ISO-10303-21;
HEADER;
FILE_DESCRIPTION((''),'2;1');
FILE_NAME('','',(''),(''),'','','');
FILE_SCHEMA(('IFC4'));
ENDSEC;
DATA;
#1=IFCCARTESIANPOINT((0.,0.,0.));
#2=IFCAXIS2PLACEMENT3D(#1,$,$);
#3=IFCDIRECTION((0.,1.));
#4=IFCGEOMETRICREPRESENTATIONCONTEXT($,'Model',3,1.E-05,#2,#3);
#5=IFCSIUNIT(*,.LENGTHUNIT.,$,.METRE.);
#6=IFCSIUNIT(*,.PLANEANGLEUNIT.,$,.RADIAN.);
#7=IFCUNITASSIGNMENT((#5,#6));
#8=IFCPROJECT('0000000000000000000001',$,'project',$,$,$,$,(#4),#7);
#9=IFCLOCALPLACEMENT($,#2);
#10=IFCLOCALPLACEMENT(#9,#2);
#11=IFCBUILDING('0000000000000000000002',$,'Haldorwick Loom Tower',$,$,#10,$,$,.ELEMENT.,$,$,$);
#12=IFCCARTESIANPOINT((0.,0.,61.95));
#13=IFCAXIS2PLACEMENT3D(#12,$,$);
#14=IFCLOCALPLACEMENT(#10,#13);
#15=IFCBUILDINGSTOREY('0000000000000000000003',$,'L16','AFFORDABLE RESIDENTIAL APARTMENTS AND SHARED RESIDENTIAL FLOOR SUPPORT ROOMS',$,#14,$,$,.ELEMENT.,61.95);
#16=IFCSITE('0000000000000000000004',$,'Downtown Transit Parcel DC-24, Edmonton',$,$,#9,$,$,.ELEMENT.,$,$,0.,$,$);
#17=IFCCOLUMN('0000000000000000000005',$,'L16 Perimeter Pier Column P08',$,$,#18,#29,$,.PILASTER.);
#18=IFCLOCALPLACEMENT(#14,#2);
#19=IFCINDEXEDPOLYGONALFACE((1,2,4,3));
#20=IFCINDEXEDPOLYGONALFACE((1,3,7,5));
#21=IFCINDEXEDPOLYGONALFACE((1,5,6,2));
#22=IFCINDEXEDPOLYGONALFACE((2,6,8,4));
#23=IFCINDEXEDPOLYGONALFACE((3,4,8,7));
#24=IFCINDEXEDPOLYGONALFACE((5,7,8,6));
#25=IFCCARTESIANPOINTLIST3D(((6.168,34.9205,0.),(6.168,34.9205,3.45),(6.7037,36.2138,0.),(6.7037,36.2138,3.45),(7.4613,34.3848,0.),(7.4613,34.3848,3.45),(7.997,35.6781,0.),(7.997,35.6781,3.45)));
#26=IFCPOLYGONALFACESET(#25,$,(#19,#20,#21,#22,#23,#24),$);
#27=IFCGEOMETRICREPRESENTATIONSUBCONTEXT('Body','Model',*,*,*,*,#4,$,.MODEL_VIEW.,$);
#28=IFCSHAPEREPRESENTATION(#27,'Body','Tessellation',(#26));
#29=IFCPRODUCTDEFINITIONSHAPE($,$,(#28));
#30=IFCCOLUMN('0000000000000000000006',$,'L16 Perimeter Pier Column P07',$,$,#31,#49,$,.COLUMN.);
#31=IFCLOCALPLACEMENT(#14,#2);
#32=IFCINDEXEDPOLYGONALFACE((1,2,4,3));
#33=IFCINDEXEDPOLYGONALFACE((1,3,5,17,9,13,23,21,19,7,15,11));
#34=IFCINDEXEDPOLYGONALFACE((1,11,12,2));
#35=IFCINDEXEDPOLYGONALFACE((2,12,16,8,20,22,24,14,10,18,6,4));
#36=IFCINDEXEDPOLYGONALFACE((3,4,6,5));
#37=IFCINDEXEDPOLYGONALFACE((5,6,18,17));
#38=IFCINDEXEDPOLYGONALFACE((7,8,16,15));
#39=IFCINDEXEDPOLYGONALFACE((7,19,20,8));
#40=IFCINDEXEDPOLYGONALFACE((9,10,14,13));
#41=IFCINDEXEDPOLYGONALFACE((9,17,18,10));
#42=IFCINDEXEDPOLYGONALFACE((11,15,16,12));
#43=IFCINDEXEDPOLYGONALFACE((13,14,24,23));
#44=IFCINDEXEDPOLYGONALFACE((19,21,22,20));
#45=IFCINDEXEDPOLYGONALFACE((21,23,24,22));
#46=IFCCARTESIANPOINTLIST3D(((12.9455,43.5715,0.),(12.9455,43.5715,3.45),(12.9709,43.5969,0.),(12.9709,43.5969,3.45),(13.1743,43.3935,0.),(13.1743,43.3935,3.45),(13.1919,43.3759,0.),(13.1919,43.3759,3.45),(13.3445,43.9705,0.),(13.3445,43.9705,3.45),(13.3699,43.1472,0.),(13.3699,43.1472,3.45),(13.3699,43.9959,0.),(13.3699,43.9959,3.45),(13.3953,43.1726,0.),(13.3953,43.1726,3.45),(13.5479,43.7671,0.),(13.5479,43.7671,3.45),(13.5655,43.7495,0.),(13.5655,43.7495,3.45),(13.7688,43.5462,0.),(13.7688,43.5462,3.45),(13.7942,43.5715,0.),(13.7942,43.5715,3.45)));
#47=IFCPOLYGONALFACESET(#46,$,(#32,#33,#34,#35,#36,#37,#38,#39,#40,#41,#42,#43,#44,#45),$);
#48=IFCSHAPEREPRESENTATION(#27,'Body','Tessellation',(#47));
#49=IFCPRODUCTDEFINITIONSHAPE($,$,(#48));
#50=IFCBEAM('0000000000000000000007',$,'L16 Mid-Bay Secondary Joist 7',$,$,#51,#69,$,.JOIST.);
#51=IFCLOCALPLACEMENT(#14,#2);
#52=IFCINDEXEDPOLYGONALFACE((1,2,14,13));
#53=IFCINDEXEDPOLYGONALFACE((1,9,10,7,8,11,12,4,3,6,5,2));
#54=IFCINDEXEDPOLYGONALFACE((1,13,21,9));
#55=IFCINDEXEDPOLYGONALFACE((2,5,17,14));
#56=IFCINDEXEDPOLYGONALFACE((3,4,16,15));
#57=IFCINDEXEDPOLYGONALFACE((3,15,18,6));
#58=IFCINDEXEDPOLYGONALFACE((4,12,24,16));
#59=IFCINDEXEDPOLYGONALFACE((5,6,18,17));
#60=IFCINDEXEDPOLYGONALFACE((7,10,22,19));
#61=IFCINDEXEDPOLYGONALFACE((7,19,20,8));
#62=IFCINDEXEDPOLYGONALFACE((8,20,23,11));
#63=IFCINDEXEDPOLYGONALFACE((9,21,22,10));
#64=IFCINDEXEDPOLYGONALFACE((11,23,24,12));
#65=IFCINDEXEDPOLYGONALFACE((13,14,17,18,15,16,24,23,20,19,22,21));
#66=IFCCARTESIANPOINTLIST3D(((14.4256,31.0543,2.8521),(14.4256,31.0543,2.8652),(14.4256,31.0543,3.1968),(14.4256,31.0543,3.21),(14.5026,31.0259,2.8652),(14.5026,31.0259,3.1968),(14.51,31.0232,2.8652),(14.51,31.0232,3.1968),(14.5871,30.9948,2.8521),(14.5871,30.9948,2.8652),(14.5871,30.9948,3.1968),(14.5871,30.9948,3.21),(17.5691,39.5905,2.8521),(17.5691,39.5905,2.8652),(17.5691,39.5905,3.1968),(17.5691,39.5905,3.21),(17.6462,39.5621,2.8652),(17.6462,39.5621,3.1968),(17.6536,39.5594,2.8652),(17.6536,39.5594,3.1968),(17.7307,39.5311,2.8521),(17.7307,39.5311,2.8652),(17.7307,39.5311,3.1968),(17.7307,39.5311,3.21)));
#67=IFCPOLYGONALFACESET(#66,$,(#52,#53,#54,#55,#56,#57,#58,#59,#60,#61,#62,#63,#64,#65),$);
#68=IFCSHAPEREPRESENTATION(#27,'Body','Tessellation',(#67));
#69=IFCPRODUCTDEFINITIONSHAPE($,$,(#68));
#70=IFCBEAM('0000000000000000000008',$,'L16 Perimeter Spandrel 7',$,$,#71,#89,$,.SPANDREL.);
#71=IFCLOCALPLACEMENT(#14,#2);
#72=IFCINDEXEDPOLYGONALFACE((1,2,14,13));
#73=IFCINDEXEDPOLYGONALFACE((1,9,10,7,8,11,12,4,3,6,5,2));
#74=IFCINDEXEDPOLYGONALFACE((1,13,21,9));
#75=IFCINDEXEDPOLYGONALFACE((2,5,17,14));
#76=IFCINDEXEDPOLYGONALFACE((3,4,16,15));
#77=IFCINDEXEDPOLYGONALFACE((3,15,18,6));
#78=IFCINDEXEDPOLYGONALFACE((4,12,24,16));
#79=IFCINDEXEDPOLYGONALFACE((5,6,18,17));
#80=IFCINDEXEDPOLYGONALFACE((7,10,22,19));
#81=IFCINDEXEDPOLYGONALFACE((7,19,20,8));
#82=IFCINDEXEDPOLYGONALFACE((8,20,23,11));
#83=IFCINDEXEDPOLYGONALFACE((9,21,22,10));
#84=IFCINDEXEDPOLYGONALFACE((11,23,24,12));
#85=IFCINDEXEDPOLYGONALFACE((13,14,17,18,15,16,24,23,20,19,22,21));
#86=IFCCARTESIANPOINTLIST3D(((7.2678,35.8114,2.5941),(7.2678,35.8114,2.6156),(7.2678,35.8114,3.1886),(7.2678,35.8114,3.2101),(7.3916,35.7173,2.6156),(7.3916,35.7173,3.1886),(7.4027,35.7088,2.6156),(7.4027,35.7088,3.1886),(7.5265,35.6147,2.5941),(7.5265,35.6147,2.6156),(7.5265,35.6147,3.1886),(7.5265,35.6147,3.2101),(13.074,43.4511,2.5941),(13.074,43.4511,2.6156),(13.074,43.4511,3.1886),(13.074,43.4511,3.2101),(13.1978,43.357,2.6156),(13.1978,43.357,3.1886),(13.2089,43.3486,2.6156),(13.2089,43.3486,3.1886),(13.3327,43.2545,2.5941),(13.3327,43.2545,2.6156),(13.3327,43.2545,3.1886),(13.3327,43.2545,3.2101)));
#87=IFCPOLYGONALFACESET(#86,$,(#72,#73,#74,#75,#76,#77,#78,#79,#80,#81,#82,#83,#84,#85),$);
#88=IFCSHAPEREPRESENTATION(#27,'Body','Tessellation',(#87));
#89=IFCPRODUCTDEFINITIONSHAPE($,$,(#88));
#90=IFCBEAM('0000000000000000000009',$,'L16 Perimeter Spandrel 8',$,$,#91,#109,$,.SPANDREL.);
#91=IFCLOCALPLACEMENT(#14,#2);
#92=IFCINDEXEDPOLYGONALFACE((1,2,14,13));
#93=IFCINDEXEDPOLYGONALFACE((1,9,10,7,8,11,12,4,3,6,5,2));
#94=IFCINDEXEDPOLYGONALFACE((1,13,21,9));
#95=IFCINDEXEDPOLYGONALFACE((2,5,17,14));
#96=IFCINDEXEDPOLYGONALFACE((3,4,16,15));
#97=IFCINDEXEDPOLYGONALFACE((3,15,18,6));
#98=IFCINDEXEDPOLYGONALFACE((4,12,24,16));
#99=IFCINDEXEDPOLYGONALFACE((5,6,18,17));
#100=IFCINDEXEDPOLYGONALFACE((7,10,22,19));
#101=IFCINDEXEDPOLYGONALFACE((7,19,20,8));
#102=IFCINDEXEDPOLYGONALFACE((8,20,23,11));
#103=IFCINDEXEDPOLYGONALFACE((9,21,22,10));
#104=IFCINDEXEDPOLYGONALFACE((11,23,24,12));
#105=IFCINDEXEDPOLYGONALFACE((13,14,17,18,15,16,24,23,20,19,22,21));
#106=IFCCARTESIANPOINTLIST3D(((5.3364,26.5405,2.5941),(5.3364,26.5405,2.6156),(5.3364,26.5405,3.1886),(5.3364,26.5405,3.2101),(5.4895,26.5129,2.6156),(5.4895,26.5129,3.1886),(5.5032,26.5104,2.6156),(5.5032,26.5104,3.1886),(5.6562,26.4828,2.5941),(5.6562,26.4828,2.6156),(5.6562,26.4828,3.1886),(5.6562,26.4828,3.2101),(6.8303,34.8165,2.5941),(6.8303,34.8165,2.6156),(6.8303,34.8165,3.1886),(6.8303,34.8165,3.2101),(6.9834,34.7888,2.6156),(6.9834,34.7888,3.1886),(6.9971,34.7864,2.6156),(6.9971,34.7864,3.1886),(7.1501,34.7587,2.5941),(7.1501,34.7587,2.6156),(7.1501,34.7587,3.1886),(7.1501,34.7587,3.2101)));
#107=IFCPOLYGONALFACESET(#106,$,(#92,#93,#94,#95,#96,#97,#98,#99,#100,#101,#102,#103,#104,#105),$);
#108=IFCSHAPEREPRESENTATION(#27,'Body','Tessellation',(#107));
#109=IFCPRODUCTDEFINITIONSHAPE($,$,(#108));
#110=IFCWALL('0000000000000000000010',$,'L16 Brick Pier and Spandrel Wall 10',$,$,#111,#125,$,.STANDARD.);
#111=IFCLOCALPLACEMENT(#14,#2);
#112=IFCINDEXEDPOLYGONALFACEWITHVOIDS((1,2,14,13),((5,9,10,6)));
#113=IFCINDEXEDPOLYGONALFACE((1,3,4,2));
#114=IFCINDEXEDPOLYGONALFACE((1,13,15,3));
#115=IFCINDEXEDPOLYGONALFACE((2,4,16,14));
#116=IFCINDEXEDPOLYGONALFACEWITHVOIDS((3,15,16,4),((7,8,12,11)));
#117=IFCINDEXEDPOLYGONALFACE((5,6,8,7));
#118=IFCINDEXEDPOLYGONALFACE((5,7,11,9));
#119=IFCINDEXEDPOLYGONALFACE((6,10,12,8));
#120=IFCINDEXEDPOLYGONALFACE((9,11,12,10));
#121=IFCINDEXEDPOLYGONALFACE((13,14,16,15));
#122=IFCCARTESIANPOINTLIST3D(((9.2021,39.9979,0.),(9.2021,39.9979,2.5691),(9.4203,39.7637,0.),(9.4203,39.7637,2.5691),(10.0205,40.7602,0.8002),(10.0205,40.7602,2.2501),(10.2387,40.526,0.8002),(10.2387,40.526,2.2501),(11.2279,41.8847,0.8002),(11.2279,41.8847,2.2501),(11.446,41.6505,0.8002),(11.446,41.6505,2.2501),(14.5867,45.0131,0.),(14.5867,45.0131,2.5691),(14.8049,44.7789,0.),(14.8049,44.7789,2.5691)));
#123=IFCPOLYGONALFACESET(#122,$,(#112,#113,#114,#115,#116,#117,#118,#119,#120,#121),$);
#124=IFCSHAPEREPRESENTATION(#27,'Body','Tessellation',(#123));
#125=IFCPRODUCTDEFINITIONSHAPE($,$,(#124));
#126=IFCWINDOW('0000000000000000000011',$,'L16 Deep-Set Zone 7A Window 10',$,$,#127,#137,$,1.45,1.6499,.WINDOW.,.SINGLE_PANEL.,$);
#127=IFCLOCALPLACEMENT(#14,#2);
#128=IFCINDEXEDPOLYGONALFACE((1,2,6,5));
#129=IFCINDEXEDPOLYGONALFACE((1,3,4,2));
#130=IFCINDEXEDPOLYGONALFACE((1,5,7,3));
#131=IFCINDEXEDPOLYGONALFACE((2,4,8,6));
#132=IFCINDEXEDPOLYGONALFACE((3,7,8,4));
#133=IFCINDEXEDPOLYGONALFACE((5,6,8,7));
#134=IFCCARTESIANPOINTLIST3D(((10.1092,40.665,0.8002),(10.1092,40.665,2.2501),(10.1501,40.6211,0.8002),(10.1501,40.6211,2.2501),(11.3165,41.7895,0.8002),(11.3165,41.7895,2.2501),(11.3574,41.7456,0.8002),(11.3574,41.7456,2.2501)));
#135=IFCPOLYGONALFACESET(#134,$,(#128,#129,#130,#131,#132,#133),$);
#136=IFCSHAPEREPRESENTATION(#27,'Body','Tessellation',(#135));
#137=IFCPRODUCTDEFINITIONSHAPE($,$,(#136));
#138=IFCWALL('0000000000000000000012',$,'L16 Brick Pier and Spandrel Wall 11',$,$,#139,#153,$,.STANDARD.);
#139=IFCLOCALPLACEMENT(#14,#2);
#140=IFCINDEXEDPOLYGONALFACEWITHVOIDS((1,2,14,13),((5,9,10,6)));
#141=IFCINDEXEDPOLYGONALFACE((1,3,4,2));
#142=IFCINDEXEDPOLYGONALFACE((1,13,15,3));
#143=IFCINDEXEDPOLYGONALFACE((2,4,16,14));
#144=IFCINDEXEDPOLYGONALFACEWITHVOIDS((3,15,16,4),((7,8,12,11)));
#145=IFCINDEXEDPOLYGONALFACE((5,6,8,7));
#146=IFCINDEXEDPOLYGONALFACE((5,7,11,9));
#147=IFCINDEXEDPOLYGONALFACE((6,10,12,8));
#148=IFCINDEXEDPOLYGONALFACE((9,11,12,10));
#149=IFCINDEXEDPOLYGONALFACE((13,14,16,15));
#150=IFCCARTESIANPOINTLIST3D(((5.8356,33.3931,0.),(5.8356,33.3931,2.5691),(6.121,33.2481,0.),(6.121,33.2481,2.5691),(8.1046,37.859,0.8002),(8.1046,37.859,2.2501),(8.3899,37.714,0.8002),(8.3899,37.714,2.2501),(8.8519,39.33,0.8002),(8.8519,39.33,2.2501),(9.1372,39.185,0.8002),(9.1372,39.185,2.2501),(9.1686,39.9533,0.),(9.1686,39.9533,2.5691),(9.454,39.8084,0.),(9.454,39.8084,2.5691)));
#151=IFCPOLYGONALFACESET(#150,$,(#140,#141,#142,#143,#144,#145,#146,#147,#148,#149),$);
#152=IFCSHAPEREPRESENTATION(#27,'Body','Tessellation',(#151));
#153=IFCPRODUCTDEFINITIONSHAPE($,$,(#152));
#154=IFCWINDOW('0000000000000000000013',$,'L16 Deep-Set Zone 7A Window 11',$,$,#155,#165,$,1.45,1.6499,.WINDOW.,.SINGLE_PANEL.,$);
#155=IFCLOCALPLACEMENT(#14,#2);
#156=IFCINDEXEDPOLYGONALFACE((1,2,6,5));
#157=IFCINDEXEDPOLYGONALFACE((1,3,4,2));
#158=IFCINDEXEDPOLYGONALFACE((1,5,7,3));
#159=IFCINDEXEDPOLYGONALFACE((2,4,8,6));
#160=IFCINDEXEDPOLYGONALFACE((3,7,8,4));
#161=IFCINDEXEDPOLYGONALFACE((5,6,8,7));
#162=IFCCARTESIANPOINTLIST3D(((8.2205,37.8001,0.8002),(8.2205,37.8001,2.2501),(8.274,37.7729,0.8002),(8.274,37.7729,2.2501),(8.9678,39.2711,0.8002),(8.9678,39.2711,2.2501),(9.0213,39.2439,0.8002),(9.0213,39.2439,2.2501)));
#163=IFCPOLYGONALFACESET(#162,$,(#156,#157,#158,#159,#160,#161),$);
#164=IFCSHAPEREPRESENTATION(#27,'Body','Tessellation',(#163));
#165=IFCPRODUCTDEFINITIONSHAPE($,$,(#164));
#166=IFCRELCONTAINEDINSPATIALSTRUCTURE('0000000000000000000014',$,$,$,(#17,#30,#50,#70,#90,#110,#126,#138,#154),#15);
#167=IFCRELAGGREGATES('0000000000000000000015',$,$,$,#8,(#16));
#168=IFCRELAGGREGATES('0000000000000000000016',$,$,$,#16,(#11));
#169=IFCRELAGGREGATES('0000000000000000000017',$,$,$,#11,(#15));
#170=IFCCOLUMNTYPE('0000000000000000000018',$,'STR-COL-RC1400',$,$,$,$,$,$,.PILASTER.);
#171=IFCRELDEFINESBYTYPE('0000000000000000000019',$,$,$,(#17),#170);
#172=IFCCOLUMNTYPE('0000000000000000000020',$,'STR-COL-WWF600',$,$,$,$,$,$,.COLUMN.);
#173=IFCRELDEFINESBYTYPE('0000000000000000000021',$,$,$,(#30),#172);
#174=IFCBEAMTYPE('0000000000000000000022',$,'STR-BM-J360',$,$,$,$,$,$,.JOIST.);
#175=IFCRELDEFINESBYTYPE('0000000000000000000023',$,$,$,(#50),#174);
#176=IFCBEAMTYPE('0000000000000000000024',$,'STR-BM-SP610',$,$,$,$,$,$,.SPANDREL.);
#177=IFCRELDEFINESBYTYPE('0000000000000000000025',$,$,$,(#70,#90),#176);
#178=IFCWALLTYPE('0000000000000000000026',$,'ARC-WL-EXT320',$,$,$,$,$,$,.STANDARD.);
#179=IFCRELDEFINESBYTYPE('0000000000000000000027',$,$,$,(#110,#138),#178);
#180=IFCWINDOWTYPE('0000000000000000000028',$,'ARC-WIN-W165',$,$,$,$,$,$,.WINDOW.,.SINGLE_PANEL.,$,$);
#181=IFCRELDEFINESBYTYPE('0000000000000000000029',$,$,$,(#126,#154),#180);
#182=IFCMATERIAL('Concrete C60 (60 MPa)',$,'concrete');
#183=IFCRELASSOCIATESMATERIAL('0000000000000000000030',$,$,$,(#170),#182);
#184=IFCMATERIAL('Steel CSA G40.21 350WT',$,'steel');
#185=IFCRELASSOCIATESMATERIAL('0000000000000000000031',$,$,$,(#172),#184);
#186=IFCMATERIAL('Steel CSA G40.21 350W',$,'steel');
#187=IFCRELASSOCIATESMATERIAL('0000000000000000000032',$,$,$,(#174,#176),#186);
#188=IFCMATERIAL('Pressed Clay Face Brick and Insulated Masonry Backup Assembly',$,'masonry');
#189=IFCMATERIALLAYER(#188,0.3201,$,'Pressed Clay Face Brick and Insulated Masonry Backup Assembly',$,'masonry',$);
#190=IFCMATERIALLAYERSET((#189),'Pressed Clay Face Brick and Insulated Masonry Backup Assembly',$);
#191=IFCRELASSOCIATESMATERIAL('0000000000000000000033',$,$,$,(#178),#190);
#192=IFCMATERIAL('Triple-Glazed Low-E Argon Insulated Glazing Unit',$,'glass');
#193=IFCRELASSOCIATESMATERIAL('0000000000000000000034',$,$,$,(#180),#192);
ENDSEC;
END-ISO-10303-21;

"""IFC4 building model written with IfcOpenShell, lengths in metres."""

from ifc_helpers import new_model, si_unit, direction, frame, frame_2d, origin, origin_2d, place, context, subcontext, project, spatial, rectangle, i_section, extrude, material, layer, layer_set, material_profile, profile_set, type_object, element, fill, save


model = new_model("IFC4")

# Units and contexts
model_context = context("Model", 3, precision=1e-05, world=origin(), true_north=direction((0.0, 1.0)))
body_context = subcontext(model_context, "Body", "Model", "MODEL_VIEW")
ifc_project = project(units=[si_unit("LENGTHUNIT", "METRE"), si_unit("PLANEANGLEUNIT", "RADIAN")], contexts=[model_context])

# Site, building, storey
site_placement = place(None, origin())
site = spatial("IfcSite", under=ifc_project, at=site_placement, Name="Downtown Transit Parcel DC-24, Edmonton", CompositionType="ELEMENT", RefElevation=0.0)
building_placement = place(site_placement, origin())
building = spatial("IfcBuilding", under=site, at=building_placement, Name="Haldorwick Loom Tower", CompositionType="ELEMENT")
storey_placement = place(building_placement, frame((0.0, 0.0, 61.95)))
storey = spatial("IfcBuildingStorey", under=building, at=storey_placement, Name="L16", Description="AFFORDABLE RESIDENTIAL APARTMENTS AND SHARED RESIDENTIAL FLOOR SUPPORT ROOMS", CompositionType="ELEMENT", Elevation=61.95)

# Columns
ifc_material_1 = material(Name="Concrete C60 (60 MPa)", Category="concrete")
ifc_material_profile_1 = material_profile(ifc_material_1, rectangle(XDim=1.3999, YDim=1.3999, at=origin_2d()), Name="RC1400X1400", Category="concrete")
ifc_profile_set_1 = profile_set([ifc_material_profile_1], Name="Concrete C60 (60 MPa)")
column_type_1 = type_object("IfcColumnType", Name="STR-COL-RC1400", PredefinedType="PILASTER", material=ifc_profile_set_1)
column_1_placement = place(storey_placement, frame((7.0825, 35.2993, 0.0), z_axis=(0.0, 0.0, 1.0), x_axis=(-0.92388, 0.382683, 0.0)))
element("IfcColumn", 1, at=column_1_placement, inside=storey, type_object=column_type_1, Name="L16 Perimeter Pier Column P08", PredefinedType="PILASTER", context=body_context, shape_type="SweptSolid", body=[
    extrude(rectangle(XDim=1.3999, YDim=1.3999, at=origin_2d()), origin(), (0.0, 0.0, 1.0), 3.45),
])
ifc_material_2 = material(Name="Steel CSA G40.21 350WT", Category="steel")
ifc_material_profile_2 = material_profile(ifc_material_2, i_section(OverallWidth=0.6001, OverallDepth=0.6001, WebThickness=0.0249, FlangeThickness=0.0359, at=origin_2d()), Name="WWF600X600", Category="steel")
ifc_profile_set_2 = profile_set([ifc_material_profile_2], Name="Steel CSA G40.21 350WT")
column_type_2 = type_object("IfcColumnType", Name="STR-COL-WWF600", PredefinedType="COLUMN", material=ifc_profile_set_2)
column_2_placement = place(storey_placement, frame((13.3699, 43.5715, 0.0), z_axis=(0.0, 0.0, 1.0), x_axis=(-0.707107, 0.707107, 0.0)))
element("IfcColumn", 2, at=column_2_placement, inside=storey, type_object=column_type_2, Name="L16 Perimeter Pier Column P07", PredefinedType="COLUMN", context=body_context, shape_type="SweptSolid", body=[
    extrude(i_section(OverallWidth=0.6001, OverallDepth=0.6001, WebThickness=0.0249, FlangeThickness=0.0359, at=origin_2d()), origin(), (0.0, 0.0, 1.0), 3.45),
])

# Beams
ifc_material_3 = material(Name="Steel CSA G40.21 350W", Category="steel")
ifc_material_profile_3 = material_profile(ifc_material_3, i_section(OverallWidth=0.1721, OverallDepth=0.3579, WebThickness=0.0078, FlangeThickness=0.0132, at=origin_2d()), Name="W360X57", Category="steel")
ifc_profile_set_3 = profile_set([ifc_material_profile_3], Name="Steel CSA G40.21 350W")
beam_type_1 = type_object("IfcBeamType", Name="STR-BM-J360", PredefinedType="JOIST", material=ifc_profile_set_3)
beam_1_placement = place(storey_placement, frame((17.6499, 39.5608, 3.031), z_axis=(-0.345576, -0.938391, 0.0), x_axis=(0.938391, -0.345576, 0.0)))
element("IfcBeam", 3, at=beam_1_placement, inside=storey, type_object=beam_type_1, Name="L16 Mid-Bay Secondary Joist 7", PredefinedType="JOIST", context=body_context, shape_type="SweptSolid", body=[
    extrude(i_section(OverallWidth=0.1721, OverallDepth=0.3579, WebThickness=0.0078, FlangeThickness=0.0132, at=origin_2d()), origin(), (0.0, 0.0, 1.0), 9.0967),
])
ifc_material_profile_4 = material_profile(ifc_material_3, i_section(OverallWidth=0.325, OverallDepth=0.616, WebThickness=0.0139, FlangeThickness=0.0215, at=origin_2d()), Name="W610X174", Category="steel")
ifc_profile_set_4 = profile_set([ifc_material_profile_4], Name="Steel CSA G40.21 350W")
beam_type_2 = type_object("IfcBeamType", Name="STR-BM-SP610", PredefinedType="SPANDREL", material=ifc_profile_set_4)
beam_2_placement = place(storey_placement, frame((13.2034, 43.3528, 2.9021), z_axis=(-0.605085, -0.796161, 0.0), x_axis=(0.796161, -0.605085, 0.0)))
element("IfcBeam", 4, at=beam_2_placement, inside=storey, type_object=beam_type_2, Name="L16 Perimeter Spandrel 7", PredefinedType="SPANDREL", context=body_context, shape_type="SweptSolid", body=[
    extrude(i_section(OverallWidth=0.325, OverallDepth=0.616, WebThickness=0.0139, FlangeThickness=0.0215, at=origin_2d()), origin(), (0.0, 0.0, 1.0), 9.5957),
])
beam_3_placement = place(storey_placement, frame((6.9902, 34.7876, 2.9021), z_axis=(-0.177641, -0.984095, 0.0), x_axis=(0.984095, -0.177641, 0.0)))
element("IfcBeam", 5, at=beam_3_placement, inside=storey, type_object=beam_type_2, Name="L16 Perimeter Spandrel 8", PredefinedType="SPANDREL", context=body_context, shape_type="SweptSolid", body=[
    extrude(i_section(OverallWidth=0.325, OverallDepth=0.616, WebThickness=0.0139, FlangeThickness=0.0215, at=origin_2d()), origin(), (0.0, 0.0, 1.0), 8.4097),
])

# Walls, openings, windows
ifc_material_4 = material(Name="Pressed Clay Face Brick and Insulated Masonry Backup Assembly", Category="masonry")
ifc_layer_1 = layer(ifc_material_4, 0.3201, Name="Pressed Clay Face Brick and Insulated Masonry Backup Assembly", Category="masonry")
ifc_layer_set_1 = layer_set([ifc_layer_1], Name="Pressed Clay Face Brick and Insulated Masonry Backup Assembly")
wall_type_1 = type_object("IfcWallType", Name="ARC-WL-EXT320", PredefinedType="STANDARD", material=ifc_layer_set_1)
wall_1_placement = place(storey_placement, frame((14.6958, 44.896, 0.0), z_axis=(0.0, 0.0, 1.0), x_axis=(-0.731761, -0.681561, 0.0)))
wall_1 = element("IfcWall", 6, at=wall_1_placement, inside=storey, type_object=wall_type_1, Name="L16 Brick Pier and Spandrel Wall 10", PredefinedType="STANDARD", context=body_context, shape_type="SweptSolid", body=[
    extrude(rectangle(XDim=7.3584, YDim=0.3201, at=frame_2d((3.6792, 0.0))), origin(), (0.0, 0.0, 1.0), 2.5691),
])
opening_1_placement = place(wall_1_placement, frame((4.5901, 0.0, 0.8)))
opening_1 = element("IfcOpeningElement", 7, at=opening_1_placement, cuts=wall_1, PredefinedType="OPENING", context=body_context, shape_type="SweptSolid", body=[
    extrude(rectangle(XDim=1.6499, YDim=1.45, at=frame_2d((0.825, 0.7251))), frame((0.0, 0.1699, 0.0), z_axis=(0.0, -1.0, 0.0), x_axis=(1.0, 0.0, 0.0)), (0.0, 0.0, 1.0), 0.3401),
])
ifc_material_5 = material(Name="Triple-Glazed Low-E Argon Insulated Glazing Unit", Category="glass")
window_type = type_object("IfcWindowType", Name="ARC-WIN-W165", PartitioningType="SINGLE_PANEL", PredefinedType="WINDOW", material=ifc_material_5)
window_1_placement = place(opening_1_placement, origin())
window_1 = element("IfcWindow", 8, at=window_1_placement, inside=storey, type_object=window_type, Name="L16 Deep-Set Zone 7A Window 10", OverallHeight=1.45, OverallWidth=1.6499, PartitioningType="SINGLE_PANEL", PredefinedType="WINDOW", context=body_context, shape_type="SweptSolid", body=[
    extrude(rectangle(XDim=1.6499, YDim=1.45, at=frame_2d((0.825, 0.7251))), frame((0.0, 0.03, 0.0), z_axis=(0.0, -1.0, 0.0), x_axis=(1.0, 0.0, 0.0)), (0.0, 0.0, 1.0), 0.0601),
])
fill(opening_1, window_1)
wall_2_placement = place(storey_placement, frame((9.3113, 39.8809, 0.0), z_axis=(0.0, 0.0, 1.0), x_axis=(-0.452951, -0.891535, 0.0)))
wall_2 = element("IfcWall", 9, at=wall_2_placement, inside=storey, type_object=wall_type_1, Name="L16 Brick Pier and Spandrel Wall 11", PredefinedType="STANDARD", context=body_context, shape_type="SweptSolid", body=[
    extrude(rectangle(XDim=7.3584, YDim=0.3201, at=frame_2d((3.6792, 0.0))), origin(), (0.0, 0.0, 1.0), 2.5691),
])
opening_2_placement = place(wall_2_placement, frame((0.6992, 0.0, 0.8)))
opening_2 = element("IfcOpeningElement", 10, at=opening_2_placement, cuts=wall_2, PredefinedType="OPENING", context=body_context, shape_type="SweptSolid", body=[
    extrude(rectangle(XDim=1.6499, YDim=1.45, at=frame_2d((0.825, 0.7251))), frame((0.0, 0.1699, 0.0), z_axis=(0.0, -1.0, 0.0), x_axis=(1.0, 0.0, 0.0)), (0.0, 0.0, 1.0), 0.3401),
])
window_2_placement = place(opening_2_placement, origin())
window_2 = element("IfcWindow", 11, at=window_2_placement, inside=storey, type_object=window_type, Name="L16 Deep-Set Zone 7A Window 11", OverallHeight=1.45, OverallWidth=1.6499, PartitioningType="SINGLE_PANEL", PredefinedType="WINDOW", context=body_context, shape_type="SweptSolid", body=[
    extrude(rectangle(XDim=1.6499, YDim=1.45, at=frame_2d((0.825, 0.7251))), frame((0.0, 0.03, 0.0), z_axis=(0.0, -1.0, 0.0), x_axis=(1.0, 0.0, 0.0)), (0.0, 0.0, 1.0), 0.0601),
])
fill(opening_2, window_2)

save(model, "model.ifc")
